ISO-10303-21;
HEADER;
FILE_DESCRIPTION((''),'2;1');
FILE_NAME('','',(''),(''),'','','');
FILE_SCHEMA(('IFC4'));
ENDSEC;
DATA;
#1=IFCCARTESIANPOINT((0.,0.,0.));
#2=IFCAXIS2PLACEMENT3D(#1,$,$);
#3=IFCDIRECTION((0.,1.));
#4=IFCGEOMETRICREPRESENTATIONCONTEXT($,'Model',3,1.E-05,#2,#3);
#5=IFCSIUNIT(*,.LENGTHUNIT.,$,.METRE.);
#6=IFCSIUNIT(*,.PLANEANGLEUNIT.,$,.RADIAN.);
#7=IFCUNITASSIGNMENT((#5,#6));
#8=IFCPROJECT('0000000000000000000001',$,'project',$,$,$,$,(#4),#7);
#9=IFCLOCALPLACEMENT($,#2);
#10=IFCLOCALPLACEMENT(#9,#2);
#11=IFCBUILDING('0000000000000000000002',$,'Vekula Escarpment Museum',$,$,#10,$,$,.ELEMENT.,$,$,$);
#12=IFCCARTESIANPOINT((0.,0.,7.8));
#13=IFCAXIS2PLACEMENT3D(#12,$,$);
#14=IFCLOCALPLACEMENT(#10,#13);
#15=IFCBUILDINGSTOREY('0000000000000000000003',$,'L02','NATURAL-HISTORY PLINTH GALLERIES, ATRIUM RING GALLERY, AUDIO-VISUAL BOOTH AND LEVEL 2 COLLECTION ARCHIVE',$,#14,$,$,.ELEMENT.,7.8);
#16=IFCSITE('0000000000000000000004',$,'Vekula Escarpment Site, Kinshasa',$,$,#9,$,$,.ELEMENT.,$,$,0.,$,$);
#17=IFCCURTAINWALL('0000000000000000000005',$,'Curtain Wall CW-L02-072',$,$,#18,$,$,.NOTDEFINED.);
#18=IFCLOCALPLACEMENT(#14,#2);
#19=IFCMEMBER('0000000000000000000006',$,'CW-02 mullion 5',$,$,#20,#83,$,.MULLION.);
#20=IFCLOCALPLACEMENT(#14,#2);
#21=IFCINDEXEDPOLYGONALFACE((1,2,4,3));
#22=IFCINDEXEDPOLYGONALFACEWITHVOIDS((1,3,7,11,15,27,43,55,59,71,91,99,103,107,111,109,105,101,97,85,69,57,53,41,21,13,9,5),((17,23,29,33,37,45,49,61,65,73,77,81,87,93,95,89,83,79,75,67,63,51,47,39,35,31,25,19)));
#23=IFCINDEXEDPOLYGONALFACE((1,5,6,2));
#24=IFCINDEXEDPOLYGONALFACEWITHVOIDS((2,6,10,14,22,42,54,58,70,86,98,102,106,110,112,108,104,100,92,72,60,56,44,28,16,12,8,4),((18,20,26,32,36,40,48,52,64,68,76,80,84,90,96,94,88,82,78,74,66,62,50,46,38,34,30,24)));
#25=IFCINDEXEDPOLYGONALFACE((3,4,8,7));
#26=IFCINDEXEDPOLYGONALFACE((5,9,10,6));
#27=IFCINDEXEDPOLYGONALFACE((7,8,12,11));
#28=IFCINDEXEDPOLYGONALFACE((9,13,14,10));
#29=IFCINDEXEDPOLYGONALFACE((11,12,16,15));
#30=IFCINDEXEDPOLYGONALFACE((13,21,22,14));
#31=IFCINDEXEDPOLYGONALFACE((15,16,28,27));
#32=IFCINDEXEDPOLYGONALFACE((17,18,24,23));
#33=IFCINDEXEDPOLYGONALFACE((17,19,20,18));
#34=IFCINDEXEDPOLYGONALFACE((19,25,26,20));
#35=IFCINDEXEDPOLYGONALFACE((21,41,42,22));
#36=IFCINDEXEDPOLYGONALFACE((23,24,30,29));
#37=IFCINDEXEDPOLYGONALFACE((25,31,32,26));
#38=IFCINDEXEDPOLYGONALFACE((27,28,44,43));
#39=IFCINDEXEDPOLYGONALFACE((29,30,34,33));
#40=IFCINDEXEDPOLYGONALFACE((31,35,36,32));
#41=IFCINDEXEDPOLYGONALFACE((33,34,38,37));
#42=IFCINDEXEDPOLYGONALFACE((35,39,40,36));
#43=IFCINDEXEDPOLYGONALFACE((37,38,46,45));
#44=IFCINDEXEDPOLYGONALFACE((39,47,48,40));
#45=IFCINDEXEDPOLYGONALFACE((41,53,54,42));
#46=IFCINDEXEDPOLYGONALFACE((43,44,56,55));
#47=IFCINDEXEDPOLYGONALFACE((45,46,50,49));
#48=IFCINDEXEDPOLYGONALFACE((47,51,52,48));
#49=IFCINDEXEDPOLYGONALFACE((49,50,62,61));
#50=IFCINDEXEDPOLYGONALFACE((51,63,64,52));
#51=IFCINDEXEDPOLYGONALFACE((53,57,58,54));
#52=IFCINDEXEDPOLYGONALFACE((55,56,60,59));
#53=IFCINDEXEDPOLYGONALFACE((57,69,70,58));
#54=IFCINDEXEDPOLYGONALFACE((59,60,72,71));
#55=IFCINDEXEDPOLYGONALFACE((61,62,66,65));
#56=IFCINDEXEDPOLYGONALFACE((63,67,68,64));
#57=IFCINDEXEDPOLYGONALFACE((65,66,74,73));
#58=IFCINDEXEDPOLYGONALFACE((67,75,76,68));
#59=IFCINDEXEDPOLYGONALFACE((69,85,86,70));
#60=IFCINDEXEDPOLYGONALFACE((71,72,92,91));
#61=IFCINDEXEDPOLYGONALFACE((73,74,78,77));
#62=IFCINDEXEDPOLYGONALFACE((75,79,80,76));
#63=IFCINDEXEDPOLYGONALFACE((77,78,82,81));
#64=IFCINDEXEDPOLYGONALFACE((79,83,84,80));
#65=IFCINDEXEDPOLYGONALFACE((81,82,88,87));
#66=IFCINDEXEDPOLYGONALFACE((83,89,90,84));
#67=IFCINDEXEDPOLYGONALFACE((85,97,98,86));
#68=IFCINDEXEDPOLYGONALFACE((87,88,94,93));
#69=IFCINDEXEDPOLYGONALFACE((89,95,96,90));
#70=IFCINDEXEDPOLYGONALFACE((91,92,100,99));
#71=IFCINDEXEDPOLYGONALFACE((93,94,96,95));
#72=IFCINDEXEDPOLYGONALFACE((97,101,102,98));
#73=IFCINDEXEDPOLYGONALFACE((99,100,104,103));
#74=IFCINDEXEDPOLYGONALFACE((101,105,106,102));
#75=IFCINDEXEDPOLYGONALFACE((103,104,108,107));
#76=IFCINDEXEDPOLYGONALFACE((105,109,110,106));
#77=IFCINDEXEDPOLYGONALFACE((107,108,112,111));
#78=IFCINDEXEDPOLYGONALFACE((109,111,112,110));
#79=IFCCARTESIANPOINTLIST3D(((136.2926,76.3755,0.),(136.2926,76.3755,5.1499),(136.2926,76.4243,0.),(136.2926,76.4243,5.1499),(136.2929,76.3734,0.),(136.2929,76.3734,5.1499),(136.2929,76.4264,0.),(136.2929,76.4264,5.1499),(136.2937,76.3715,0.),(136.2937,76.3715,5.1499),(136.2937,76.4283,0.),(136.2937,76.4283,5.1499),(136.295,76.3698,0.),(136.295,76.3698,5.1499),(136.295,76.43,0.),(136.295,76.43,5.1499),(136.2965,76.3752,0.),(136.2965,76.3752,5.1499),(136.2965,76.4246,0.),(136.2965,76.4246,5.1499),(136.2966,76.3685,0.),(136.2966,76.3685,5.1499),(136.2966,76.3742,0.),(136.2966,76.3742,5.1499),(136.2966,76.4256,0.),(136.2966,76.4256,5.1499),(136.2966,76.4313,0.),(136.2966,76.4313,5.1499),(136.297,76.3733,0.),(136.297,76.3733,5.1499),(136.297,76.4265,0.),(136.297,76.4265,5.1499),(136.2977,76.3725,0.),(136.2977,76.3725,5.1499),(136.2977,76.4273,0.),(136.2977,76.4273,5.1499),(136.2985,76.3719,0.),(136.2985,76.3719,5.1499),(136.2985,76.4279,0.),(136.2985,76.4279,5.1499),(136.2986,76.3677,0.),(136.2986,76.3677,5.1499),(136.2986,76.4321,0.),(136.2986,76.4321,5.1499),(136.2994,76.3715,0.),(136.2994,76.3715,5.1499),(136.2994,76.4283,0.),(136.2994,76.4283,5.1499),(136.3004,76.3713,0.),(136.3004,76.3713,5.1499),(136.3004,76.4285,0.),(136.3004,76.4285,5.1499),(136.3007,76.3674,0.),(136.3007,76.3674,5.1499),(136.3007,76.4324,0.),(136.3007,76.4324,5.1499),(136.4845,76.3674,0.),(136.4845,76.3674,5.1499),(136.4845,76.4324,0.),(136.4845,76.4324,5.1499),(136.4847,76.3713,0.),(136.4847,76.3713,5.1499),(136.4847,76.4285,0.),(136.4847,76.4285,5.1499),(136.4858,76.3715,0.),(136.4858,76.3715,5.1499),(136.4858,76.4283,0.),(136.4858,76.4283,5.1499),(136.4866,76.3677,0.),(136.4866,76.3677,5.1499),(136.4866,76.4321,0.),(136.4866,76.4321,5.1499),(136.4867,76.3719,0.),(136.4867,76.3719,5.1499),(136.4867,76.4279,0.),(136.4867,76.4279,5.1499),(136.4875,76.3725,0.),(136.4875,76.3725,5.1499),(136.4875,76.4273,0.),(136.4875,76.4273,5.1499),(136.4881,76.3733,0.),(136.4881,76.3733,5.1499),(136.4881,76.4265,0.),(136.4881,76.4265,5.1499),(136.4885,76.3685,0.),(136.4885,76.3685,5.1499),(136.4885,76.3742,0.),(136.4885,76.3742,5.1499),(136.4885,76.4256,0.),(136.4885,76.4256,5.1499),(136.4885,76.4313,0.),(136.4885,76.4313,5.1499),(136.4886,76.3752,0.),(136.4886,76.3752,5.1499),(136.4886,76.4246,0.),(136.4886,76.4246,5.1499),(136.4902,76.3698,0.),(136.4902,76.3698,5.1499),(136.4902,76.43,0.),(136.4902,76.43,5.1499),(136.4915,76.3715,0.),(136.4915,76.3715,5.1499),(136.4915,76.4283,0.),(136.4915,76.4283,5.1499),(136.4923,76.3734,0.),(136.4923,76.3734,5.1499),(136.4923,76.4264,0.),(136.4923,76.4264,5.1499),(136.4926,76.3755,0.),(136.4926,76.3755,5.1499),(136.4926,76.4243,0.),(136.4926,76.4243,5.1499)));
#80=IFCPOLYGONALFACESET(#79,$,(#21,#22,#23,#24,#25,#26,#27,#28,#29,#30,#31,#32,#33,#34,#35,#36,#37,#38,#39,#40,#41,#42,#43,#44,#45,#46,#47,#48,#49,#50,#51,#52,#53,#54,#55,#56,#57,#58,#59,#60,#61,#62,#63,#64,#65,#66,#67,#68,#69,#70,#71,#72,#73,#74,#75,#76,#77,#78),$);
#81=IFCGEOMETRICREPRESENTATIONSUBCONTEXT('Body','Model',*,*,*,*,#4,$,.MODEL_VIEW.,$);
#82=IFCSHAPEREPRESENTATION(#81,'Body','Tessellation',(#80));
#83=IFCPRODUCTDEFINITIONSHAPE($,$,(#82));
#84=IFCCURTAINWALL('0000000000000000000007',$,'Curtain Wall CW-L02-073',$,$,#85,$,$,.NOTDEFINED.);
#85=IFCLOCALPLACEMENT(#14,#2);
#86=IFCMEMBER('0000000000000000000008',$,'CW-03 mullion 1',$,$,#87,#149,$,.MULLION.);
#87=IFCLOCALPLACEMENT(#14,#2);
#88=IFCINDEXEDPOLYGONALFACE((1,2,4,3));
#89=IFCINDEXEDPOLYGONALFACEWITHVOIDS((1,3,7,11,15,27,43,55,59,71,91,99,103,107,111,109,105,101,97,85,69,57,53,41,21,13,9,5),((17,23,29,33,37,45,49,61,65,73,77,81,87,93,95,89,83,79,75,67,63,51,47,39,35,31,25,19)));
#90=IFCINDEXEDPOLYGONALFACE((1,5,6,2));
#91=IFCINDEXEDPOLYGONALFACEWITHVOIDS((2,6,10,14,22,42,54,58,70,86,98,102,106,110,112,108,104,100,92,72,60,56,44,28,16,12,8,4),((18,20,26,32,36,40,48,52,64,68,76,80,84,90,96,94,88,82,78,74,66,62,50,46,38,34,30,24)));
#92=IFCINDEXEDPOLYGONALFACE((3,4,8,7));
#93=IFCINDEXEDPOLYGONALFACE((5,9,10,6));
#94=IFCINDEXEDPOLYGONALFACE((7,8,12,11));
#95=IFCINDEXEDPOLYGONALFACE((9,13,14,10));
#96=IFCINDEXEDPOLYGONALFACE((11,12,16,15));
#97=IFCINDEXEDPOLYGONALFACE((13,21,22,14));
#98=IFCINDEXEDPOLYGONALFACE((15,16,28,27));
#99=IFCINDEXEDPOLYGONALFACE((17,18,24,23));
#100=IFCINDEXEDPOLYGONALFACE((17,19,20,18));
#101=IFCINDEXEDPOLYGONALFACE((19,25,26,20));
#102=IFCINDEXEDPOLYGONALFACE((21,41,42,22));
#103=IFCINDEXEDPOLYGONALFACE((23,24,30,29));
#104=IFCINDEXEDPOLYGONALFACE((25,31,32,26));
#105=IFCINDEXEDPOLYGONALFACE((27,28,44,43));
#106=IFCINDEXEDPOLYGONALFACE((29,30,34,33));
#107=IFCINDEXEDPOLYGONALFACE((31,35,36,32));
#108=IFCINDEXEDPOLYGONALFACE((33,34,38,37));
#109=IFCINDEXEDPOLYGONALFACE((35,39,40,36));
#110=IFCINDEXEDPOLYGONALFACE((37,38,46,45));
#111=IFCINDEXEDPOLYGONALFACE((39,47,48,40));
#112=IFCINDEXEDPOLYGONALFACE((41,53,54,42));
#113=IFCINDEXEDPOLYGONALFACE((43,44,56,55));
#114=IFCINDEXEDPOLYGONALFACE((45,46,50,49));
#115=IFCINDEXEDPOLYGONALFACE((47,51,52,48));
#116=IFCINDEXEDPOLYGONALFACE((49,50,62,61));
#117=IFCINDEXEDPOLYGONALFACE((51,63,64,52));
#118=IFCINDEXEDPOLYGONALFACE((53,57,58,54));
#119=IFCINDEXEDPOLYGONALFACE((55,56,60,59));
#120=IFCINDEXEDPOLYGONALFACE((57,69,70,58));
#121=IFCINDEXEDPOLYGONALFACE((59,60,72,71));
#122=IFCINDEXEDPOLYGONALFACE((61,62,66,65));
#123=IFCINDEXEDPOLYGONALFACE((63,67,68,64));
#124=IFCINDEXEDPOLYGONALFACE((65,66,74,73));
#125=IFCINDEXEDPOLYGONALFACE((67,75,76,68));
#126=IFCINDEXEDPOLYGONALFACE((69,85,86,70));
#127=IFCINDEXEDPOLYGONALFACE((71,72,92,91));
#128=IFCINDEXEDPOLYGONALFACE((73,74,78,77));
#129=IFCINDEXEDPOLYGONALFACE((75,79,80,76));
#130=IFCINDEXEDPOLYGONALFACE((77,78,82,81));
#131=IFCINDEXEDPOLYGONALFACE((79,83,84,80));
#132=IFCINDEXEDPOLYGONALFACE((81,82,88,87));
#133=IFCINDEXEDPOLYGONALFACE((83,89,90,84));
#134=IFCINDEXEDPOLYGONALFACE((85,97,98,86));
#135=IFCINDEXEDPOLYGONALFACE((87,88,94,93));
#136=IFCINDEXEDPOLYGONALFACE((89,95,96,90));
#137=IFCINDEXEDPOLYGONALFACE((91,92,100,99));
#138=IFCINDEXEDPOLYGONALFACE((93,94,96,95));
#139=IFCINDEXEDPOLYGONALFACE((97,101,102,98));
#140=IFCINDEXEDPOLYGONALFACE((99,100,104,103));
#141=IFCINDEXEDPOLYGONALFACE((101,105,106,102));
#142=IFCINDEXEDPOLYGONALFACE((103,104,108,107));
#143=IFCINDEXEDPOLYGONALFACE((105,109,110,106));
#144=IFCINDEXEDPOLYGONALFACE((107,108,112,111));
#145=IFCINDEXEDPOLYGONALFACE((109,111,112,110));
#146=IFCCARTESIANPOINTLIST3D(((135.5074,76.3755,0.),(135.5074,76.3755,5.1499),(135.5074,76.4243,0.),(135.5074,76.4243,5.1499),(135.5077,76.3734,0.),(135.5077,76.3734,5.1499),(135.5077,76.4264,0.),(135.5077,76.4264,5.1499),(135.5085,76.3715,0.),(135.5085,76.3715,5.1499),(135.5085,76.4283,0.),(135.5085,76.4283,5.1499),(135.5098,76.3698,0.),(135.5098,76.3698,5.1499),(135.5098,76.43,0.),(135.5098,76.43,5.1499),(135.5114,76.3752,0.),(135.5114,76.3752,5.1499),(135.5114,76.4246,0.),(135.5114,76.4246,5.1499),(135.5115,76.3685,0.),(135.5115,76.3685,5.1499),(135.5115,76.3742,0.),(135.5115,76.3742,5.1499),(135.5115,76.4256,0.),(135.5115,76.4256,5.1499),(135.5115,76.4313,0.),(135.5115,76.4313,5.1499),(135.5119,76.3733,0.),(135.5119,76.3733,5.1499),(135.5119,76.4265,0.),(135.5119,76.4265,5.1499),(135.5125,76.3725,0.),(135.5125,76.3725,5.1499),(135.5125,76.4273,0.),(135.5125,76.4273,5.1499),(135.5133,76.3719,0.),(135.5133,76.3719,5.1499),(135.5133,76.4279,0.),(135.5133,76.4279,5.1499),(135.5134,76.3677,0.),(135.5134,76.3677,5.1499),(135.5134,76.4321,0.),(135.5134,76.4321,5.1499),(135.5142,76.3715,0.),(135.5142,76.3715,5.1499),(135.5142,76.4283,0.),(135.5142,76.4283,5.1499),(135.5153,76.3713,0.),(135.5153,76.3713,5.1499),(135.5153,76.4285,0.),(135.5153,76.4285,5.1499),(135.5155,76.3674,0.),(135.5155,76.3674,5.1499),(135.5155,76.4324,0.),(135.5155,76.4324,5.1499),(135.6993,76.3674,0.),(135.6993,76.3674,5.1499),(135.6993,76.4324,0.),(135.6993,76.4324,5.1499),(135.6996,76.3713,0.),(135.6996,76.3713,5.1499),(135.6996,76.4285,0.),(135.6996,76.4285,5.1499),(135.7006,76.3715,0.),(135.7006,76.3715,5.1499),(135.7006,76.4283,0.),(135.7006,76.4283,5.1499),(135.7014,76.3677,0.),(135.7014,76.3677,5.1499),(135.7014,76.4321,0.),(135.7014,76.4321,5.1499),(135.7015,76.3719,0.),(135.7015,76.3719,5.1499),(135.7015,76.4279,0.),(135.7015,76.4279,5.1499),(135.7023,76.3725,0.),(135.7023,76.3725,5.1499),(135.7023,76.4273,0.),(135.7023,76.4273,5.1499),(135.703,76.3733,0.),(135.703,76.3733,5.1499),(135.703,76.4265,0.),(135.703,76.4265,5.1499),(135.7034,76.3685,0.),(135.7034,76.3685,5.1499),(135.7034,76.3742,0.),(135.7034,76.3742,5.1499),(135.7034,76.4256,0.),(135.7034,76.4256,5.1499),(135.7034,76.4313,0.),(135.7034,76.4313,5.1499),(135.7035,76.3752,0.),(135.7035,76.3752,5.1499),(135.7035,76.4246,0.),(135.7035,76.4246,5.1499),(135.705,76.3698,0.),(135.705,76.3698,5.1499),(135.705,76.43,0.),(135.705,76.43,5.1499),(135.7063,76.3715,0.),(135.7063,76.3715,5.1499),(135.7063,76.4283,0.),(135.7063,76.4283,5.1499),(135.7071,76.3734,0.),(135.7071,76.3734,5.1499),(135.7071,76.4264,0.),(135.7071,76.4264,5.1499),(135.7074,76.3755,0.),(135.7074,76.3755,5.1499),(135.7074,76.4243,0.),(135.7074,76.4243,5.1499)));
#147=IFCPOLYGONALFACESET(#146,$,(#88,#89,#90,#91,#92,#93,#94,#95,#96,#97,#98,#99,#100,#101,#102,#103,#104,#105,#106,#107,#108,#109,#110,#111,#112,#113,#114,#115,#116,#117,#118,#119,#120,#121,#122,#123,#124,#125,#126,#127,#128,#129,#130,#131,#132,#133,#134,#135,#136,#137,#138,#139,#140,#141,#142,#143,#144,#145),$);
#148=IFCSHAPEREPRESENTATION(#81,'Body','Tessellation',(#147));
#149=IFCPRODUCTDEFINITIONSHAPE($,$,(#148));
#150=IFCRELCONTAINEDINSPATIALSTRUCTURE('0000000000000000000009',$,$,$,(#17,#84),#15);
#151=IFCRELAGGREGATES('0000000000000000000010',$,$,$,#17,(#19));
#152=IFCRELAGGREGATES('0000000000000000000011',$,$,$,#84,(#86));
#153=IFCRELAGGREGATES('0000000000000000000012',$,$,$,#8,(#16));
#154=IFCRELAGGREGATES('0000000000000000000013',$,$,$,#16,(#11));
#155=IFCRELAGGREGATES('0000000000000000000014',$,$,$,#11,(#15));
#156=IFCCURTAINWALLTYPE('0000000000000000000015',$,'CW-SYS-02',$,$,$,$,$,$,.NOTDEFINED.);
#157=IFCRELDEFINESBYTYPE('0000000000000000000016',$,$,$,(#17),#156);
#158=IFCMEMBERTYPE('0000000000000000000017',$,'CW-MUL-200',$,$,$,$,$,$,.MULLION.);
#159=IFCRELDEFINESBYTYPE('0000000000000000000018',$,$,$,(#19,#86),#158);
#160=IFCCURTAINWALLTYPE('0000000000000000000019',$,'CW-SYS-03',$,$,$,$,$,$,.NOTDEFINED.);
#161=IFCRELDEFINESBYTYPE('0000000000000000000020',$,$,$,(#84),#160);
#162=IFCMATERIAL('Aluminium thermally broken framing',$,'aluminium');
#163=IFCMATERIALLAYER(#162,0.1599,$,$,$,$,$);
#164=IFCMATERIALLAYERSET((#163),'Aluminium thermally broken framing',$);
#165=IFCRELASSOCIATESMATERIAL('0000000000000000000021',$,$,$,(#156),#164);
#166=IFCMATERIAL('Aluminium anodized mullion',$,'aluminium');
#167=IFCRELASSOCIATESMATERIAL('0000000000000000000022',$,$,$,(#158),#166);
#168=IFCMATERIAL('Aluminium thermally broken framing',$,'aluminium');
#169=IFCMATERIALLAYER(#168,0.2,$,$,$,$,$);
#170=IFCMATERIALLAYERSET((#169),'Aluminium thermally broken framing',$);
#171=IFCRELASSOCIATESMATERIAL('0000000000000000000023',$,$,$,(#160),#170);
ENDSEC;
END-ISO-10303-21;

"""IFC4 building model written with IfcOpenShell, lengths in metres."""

from ifc_helpers import new_model, si_unit, direction, frame, origin, origin_2d, place, context, subcontext, project, spatial, hollow_rectangle, extrude, material, layer, layer_set, material_profile, profile_set, type_object, element, aggregate, save


model = new_model("IFC4")

# Units and contexts
model_context = context("Model", 3, precision=1e-05, world=origin(), true_north=direction((0.0, 1.0)))
body_context = subcontext(model_context, "Body", "Model", "MODEL_VIEW")
ifc_project = project(units=[si_unit("LENGTHUNIT", "METRE"), si_unit("PLANEANGLEUNIT", "RADIAN")], contexts=[model_context])

# Site, building, storey
site_placement = place(None, origin())
site = spatial("IfcSite", under=ifc_project, at=site_placement, Name="Vekula Escarpment Site, Kinshasa", CompositionType="ELEMENT", RefElevation=0.0)
building_placement = place(site_placement, origin())
building = spatial("IfcBuilding", under=site, at=building_placement, Name="Vekula Escarpment Museum", CompositionType="ELEMENT")
storey_placement = place(building_placement, frame((0.0, 0.0, 7.8)))
storey = spatial("IfcBuildingStorey", under=building, at=storey_placement, Name="L02", Description="NATURAL-HISTORY PLINTH GALLERIES, ATRIUM RING GALLERY, AUDIO-VISUAL BOOTH AND LEVEL 2 COLLECTION ARCHIVE", CompositionType="ELEMENT", Elevation=7.8)

# Curtain wall, member
ifc_material_1 = material(Name="Aluminium thermally broken framing", Category="aluminium")
ifc_layer_1 = layer(ifc_material_1, 0.1599)
ifc_layer_set_1 = layer_set([ifc_layer_1], Name="Aluminium thermally broken framing")
curtain_wall_type_1 = type_object("IfcCurtainWallType", Name="CW-SYS-02", PredefinedType="NOTDEFINED", material=ifc_layer_set_1)
curtain_wall_1_placement = place(storey_placement, origin())
curtain_wall_1 = element("IfcCurtainWall", 1, at=curtain_wall_1_placement, inside=storey, type_object=curtain_wall_type_1, Name="Curtain Wall CW-L02-072", PredefinedType="NOTDEFINED")
ifc_material_2 = material(Name="Aluminium anodized mullion", Category="aluminium")
ifc_material_profile_1 = material_profile(ifc_material_2, hollow_rectangle(XDim=0.0649, YDim=0.2, WallThickness=0.0039, InnerFilletRadius=0.0039, OuterFilletRadius=0.0081, at=origin_2d()), Name="ALU 200x65x4")
ifc_profile_set_1 = profile_set([ifc_material_profile_1], Name="Aluminium anodized mullion")
member_type_1 = type_object("IfcMemberType", Name="CW-MUL-200", PredefinedType="MULLION", material=ifc_profile_set_1)
member_1_placement = place(storey_placement, frame((136.3926, 76.3999, 0.0), z_axis=(0.0, 0.0, 1.0), x_axis=(0.0, -1.0, 0.0)))
member_1 = element("IfcMember", 2, at=member_1_placement, type_object=member_type_1, Name="CW-02 mullion 5", PredefinedType="MULLION", context=body_context, shape_type="SweptSolid", body=[
    extrude(hollow_rectangle(XDim=0.0649, YDim=0.2, WallThickness=0.0039, InnerFilletRadius=0.0039, OuterFilletRadius=0.0081, at=origin_2d()), origin(), (0.0, 0.0, 1.0), 5.1499),
])

# Curtain wall, member
ifc_material_3 = material(Name="Aluminium thermally broken framing", Category="aluminium")
ifc_layer_2 = layer(ifc_material_3, 0.2)
ifc_layer_set_2 = layer_set([ifc_layer_2], Name="Aluminium thermally broken framing")
curtain_wall_type_2 = type_object("IfcCurtainWallType", Name="CW-SYS-03", PredefinedType="NOTDEFINED", material=ifc_layer_set_2)
curtain_wall_2_placement = place(storey_placement, origin())
curtain_wall_2 = element("IfcCurtainWall", 3, at=curtain_wall_2_placement, inside=storey, type_object=curtain_wall_type_2, Name="Curtain Wall CW-L02-073", PredefinedType="NOTDEFINED")
member_2_placement = place(storey_placement, frame((135.6074, 76.3999, 0.0), z_axis=(0.0, 0.0, 1.0), x_axis=(0.0, -1.0, 0.0)))
member_2 = element("IfcMember", 4, at=member_2_placement, type_object=member_type_1, Name="CW-03 mullion 1", PredefinedType="MULLION", context=body_context, shape_type="SweptSolid", body=[
    extrude(hollow_rectangle(XDim=0.0649, YDim=0.2, WallThickness=0.0039, InnerFilletRadius=0.0039, OuterFilletRadius=0.0081, at=origin_2d()), origin(), (0.0, 0.0, 1.0), 5.1499),
])

aggregate(curtain_wall_1, [member_1])
aggregate(curtain_wall_2, [member_2])

save(model, "model.ifc")
